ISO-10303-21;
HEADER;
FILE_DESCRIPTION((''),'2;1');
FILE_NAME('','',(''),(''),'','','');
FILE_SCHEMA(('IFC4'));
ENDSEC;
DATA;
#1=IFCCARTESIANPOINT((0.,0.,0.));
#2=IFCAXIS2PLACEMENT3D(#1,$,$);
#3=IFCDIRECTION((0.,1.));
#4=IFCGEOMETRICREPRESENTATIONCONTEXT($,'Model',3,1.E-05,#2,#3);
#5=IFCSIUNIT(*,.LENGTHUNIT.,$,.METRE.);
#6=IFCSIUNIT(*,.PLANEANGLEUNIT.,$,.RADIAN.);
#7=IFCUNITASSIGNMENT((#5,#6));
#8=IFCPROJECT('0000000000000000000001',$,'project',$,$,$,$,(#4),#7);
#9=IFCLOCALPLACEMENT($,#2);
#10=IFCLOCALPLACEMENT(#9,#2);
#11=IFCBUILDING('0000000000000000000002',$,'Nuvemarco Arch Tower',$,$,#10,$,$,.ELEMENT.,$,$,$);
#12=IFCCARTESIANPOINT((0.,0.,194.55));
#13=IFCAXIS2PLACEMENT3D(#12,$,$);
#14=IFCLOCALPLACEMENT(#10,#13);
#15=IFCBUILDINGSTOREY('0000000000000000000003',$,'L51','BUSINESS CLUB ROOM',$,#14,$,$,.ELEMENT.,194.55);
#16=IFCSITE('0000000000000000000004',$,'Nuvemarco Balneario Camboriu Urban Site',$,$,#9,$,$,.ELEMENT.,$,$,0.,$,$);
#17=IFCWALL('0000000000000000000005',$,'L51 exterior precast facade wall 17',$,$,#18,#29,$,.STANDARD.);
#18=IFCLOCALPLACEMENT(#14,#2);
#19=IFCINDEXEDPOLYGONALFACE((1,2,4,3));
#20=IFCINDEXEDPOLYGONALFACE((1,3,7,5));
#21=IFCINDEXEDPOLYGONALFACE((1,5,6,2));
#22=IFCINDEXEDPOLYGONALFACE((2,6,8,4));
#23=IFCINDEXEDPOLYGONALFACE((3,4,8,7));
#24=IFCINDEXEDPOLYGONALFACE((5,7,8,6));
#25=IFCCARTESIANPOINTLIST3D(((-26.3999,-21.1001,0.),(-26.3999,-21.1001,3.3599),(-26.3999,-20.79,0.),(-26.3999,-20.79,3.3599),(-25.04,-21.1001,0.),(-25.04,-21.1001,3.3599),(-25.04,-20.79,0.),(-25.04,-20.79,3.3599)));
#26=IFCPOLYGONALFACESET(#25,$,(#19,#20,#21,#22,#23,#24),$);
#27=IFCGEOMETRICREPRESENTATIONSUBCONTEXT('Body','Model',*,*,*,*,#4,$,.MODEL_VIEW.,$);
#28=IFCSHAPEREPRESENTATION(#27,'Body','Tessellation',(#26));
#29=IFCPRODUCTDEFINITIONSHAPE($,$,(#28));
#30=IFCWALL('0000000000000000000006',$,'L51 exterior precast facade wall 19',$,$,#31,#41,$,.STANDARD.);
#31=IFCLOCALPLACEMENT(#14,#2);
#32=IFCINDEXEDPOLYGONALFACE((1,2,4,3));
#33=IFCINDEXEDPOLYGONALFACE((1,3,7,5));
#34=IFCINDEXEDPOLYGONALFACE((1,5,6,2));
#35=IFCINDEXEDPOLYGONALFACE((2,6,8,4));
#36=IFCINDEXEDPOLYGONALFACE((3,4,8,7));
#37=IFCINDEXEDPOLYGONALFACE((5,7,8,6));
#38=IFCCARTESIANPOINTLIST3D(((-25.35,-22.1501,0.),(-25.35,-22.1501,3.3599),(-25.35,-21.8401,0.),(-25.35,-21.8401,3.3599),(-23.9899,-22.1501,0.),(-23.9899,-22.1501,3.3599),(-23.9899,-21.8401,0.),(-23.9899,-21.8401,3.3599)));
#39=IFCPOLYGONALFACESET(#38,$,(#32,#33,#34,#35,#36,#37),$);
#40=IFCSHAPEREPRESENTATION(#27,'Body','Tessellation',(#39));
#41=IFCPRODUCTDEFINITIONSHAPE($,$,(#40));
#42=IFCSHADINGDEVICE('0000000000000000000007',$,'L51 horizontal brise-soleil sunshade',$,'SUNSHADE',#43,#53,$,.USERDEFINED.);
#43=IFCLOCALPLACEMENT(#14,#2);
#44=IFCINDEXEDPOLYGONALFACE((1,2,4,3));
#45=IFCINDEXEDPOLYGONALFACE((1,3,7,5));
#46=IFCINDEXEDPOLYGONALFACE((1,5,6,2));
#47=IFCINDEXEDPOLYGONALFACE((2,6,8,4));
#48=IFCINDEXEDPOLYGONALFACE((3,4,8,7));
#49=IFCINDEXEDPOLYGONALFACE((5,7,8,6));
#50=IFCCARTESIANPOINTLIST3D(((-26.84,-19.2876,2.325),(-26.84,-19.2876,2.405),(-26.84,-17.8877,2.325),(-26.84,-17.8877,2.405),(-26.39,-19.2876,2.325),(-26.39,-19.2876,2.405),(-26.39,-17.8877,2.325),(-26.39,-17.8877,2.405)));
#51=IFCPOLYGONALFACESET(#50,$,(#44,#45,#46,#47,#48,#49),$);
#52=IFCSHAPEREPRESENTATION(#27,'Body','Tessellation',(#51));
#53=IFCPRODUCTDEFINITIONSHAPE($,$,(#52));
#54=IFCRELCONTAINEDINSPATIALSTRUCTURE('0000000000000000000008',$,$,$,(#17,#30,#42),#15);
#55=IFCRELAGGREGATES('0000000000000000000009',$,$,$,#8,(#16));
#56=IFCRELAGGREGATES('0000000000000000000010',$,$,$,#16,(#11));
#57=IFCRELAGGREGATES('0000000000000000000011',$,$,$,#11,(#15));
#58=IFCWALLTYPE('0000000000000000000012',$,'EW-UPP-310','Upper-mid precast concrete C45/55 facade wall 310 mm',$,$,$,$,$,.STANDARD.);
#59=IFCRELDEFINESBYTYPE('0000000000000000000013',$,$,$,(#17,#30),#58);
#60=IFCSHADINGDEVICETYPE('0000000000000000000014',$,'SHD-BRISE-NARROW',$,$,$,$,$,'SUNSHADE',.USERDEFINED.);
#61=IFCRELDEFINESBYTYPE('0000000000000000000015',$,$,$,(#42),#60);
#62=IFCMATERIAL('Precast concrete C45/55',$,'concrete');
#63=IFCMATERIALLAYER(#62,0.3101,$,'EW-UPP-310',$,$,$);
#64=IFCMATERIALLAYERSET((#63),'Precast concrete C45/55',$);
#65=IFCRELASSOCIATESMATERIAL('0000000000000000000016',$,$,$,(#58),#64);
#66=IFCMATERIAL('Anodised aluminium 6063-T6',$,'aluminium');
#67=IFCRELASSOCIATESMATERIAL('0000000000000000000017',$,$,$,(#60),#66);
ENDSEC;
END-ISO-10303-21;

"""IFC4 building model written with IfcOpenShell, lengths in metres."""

from ifc_helpers import new_model, si_unit, direction, frame, frame_2d, origin, origin_2d, place, context, subcontext, project, spatial, rectangle, extrude, source, transform, mapped, material, layer, layer_set, type_object, type_shapes, element, save


model = new_model("IFC4")

# Units and contexts
model_context = context("Model", 3, precision=1e-05, world=origin(), true_north=direction((0.0, 1.0)))
body_context = subcontext(model_context, "Body", "Model", "MODEL_VIEW")
ifc_project = project(units=[si_unit("LENGTHUNIT", "METRE"), si_unit("PLANEANGLEUNIT", "RADIAN")], contexts=[model_context])

# Site, building, storey
site_placement = place(None, origin())
site = spatial("IfcSite", under=ifc_project, at=site_placement, Name="Nuvemarco Balneario Camboriu Urban Site", CompositionType="ELEMENT", RefElevation=0.0)
building_placement = place(site_placement, origin())
building = spatial("IfcBuilding", under=site, at=building_placement, Name="Nuvemarco Arch Tower", CompositionType="ELEMENT")
storey_placement = place(building_placement, frame((0.0, 0.0, 194.55)))
storey = spatial("IfcBuildingStorey", under=building, at=storey_placement, Name="L51", Description="BUSINESS CLUB ROOM", CompositionType="ELEMENT", Elevation=194.55)

# Shared definitions
ifc_material_1 = material(Name="Precast concrete C45/55", Category="concrete")
ifc_layer = layer(ifc_material_1, 0.3101, Name="EW-UPP-310")
ifc_layer_set = layer_set([ifc_layer], Name="Precast concrete C45/55")
wall_type = type_object("IfcWallType", Name="EW-UPP-310", Description="Upper-mid precast concrete C45/55 facade wall 310 mm", PredefinedType="STANDARD", material=ifc_layer_set)

# Walls
wall_1_placement = place(storey_placement, frame((-26.3999, -20.9451, 0.0), z_axis=(0.0, 0.0, 1.0), x_axis=(1.0, 0.0, 0.0)))
element("IfcWall", 1, at=wall_1_placement, inside=storey, type_object=wall_type, Name="L51 exterior precast facade wall 17", PredefinedType="STANDARD", context=body_context, shape_type="SweptSolid", body=[
    extrude(rectangle(XDim=1.3599, YDim=0.3101, at=frame_2d((0.6799, 0.0))), origin(), (0.0, 0.0, 1.0), 3.3599),
])
wall_2_placement = place(storey_placement, frame((-25.3501, -21.9951, 0.0), z_axis=(0.0, 0.0, 1.0), x_axis=(1.0, 0.0, 0.0)))
element("IfcWall", 2, at=wall_2_placement, inside=storey, type_object=wall_type, Name="L51 exterior precast facade wall 19", PredefinedType="STANDARD", context=body_context, shape_type="SweptSolid", body=[
    extrude(rectangle(XDim=1.3601, YDim=0.3101, at=frame_2d((0.6802, 0.0))), origin(), (0.0, 0.0, 1.0), 3.3599),
])

# Shading device
ifc_material_2 = material(Name="Anodised aluminium 6063-T6", Category="aluminium")
shading_device_type = type_object("IfcShadingDeviceType", Name="SHD-BRISE-NARROW", ElementType="SUNSHADE", PredefinedType="USERDEFINED", material=ifc_material_2)
shared_shape_1 = source(origin(), body_context, "Body", "SweptSolid", [
    extrude(rectangle(XDim=1.3999, YDim=0.45, at=origin_2d()), origin(), (0.0, 0.0, 1.0), 0.0801),
])
type_shapes(shading_device_type, [shared_shape_1])
shading_device_placement = place(storey_placement, frame((-26.615, -18.5876, 2.325), z_axis=(0.0, 0.0, 1.0), x_axis=(0.0, 1.0, 0.0)))
element("IfcShadingDevice", 3, at=shading_device_placement, inside=storey, type_object=shading_device_type, Name="L51 horizontal brise-soleil sunshade", ObjectType="SUNSHADE", PredefinedType="USERDEFINED", context=body_context, shape_type="MappedRepresentation", body=[
    mapped(shared_shape_1, transform((0.0, 0.0, 0.0), scale=1.0)),
])

save(model, "model.ifc")
